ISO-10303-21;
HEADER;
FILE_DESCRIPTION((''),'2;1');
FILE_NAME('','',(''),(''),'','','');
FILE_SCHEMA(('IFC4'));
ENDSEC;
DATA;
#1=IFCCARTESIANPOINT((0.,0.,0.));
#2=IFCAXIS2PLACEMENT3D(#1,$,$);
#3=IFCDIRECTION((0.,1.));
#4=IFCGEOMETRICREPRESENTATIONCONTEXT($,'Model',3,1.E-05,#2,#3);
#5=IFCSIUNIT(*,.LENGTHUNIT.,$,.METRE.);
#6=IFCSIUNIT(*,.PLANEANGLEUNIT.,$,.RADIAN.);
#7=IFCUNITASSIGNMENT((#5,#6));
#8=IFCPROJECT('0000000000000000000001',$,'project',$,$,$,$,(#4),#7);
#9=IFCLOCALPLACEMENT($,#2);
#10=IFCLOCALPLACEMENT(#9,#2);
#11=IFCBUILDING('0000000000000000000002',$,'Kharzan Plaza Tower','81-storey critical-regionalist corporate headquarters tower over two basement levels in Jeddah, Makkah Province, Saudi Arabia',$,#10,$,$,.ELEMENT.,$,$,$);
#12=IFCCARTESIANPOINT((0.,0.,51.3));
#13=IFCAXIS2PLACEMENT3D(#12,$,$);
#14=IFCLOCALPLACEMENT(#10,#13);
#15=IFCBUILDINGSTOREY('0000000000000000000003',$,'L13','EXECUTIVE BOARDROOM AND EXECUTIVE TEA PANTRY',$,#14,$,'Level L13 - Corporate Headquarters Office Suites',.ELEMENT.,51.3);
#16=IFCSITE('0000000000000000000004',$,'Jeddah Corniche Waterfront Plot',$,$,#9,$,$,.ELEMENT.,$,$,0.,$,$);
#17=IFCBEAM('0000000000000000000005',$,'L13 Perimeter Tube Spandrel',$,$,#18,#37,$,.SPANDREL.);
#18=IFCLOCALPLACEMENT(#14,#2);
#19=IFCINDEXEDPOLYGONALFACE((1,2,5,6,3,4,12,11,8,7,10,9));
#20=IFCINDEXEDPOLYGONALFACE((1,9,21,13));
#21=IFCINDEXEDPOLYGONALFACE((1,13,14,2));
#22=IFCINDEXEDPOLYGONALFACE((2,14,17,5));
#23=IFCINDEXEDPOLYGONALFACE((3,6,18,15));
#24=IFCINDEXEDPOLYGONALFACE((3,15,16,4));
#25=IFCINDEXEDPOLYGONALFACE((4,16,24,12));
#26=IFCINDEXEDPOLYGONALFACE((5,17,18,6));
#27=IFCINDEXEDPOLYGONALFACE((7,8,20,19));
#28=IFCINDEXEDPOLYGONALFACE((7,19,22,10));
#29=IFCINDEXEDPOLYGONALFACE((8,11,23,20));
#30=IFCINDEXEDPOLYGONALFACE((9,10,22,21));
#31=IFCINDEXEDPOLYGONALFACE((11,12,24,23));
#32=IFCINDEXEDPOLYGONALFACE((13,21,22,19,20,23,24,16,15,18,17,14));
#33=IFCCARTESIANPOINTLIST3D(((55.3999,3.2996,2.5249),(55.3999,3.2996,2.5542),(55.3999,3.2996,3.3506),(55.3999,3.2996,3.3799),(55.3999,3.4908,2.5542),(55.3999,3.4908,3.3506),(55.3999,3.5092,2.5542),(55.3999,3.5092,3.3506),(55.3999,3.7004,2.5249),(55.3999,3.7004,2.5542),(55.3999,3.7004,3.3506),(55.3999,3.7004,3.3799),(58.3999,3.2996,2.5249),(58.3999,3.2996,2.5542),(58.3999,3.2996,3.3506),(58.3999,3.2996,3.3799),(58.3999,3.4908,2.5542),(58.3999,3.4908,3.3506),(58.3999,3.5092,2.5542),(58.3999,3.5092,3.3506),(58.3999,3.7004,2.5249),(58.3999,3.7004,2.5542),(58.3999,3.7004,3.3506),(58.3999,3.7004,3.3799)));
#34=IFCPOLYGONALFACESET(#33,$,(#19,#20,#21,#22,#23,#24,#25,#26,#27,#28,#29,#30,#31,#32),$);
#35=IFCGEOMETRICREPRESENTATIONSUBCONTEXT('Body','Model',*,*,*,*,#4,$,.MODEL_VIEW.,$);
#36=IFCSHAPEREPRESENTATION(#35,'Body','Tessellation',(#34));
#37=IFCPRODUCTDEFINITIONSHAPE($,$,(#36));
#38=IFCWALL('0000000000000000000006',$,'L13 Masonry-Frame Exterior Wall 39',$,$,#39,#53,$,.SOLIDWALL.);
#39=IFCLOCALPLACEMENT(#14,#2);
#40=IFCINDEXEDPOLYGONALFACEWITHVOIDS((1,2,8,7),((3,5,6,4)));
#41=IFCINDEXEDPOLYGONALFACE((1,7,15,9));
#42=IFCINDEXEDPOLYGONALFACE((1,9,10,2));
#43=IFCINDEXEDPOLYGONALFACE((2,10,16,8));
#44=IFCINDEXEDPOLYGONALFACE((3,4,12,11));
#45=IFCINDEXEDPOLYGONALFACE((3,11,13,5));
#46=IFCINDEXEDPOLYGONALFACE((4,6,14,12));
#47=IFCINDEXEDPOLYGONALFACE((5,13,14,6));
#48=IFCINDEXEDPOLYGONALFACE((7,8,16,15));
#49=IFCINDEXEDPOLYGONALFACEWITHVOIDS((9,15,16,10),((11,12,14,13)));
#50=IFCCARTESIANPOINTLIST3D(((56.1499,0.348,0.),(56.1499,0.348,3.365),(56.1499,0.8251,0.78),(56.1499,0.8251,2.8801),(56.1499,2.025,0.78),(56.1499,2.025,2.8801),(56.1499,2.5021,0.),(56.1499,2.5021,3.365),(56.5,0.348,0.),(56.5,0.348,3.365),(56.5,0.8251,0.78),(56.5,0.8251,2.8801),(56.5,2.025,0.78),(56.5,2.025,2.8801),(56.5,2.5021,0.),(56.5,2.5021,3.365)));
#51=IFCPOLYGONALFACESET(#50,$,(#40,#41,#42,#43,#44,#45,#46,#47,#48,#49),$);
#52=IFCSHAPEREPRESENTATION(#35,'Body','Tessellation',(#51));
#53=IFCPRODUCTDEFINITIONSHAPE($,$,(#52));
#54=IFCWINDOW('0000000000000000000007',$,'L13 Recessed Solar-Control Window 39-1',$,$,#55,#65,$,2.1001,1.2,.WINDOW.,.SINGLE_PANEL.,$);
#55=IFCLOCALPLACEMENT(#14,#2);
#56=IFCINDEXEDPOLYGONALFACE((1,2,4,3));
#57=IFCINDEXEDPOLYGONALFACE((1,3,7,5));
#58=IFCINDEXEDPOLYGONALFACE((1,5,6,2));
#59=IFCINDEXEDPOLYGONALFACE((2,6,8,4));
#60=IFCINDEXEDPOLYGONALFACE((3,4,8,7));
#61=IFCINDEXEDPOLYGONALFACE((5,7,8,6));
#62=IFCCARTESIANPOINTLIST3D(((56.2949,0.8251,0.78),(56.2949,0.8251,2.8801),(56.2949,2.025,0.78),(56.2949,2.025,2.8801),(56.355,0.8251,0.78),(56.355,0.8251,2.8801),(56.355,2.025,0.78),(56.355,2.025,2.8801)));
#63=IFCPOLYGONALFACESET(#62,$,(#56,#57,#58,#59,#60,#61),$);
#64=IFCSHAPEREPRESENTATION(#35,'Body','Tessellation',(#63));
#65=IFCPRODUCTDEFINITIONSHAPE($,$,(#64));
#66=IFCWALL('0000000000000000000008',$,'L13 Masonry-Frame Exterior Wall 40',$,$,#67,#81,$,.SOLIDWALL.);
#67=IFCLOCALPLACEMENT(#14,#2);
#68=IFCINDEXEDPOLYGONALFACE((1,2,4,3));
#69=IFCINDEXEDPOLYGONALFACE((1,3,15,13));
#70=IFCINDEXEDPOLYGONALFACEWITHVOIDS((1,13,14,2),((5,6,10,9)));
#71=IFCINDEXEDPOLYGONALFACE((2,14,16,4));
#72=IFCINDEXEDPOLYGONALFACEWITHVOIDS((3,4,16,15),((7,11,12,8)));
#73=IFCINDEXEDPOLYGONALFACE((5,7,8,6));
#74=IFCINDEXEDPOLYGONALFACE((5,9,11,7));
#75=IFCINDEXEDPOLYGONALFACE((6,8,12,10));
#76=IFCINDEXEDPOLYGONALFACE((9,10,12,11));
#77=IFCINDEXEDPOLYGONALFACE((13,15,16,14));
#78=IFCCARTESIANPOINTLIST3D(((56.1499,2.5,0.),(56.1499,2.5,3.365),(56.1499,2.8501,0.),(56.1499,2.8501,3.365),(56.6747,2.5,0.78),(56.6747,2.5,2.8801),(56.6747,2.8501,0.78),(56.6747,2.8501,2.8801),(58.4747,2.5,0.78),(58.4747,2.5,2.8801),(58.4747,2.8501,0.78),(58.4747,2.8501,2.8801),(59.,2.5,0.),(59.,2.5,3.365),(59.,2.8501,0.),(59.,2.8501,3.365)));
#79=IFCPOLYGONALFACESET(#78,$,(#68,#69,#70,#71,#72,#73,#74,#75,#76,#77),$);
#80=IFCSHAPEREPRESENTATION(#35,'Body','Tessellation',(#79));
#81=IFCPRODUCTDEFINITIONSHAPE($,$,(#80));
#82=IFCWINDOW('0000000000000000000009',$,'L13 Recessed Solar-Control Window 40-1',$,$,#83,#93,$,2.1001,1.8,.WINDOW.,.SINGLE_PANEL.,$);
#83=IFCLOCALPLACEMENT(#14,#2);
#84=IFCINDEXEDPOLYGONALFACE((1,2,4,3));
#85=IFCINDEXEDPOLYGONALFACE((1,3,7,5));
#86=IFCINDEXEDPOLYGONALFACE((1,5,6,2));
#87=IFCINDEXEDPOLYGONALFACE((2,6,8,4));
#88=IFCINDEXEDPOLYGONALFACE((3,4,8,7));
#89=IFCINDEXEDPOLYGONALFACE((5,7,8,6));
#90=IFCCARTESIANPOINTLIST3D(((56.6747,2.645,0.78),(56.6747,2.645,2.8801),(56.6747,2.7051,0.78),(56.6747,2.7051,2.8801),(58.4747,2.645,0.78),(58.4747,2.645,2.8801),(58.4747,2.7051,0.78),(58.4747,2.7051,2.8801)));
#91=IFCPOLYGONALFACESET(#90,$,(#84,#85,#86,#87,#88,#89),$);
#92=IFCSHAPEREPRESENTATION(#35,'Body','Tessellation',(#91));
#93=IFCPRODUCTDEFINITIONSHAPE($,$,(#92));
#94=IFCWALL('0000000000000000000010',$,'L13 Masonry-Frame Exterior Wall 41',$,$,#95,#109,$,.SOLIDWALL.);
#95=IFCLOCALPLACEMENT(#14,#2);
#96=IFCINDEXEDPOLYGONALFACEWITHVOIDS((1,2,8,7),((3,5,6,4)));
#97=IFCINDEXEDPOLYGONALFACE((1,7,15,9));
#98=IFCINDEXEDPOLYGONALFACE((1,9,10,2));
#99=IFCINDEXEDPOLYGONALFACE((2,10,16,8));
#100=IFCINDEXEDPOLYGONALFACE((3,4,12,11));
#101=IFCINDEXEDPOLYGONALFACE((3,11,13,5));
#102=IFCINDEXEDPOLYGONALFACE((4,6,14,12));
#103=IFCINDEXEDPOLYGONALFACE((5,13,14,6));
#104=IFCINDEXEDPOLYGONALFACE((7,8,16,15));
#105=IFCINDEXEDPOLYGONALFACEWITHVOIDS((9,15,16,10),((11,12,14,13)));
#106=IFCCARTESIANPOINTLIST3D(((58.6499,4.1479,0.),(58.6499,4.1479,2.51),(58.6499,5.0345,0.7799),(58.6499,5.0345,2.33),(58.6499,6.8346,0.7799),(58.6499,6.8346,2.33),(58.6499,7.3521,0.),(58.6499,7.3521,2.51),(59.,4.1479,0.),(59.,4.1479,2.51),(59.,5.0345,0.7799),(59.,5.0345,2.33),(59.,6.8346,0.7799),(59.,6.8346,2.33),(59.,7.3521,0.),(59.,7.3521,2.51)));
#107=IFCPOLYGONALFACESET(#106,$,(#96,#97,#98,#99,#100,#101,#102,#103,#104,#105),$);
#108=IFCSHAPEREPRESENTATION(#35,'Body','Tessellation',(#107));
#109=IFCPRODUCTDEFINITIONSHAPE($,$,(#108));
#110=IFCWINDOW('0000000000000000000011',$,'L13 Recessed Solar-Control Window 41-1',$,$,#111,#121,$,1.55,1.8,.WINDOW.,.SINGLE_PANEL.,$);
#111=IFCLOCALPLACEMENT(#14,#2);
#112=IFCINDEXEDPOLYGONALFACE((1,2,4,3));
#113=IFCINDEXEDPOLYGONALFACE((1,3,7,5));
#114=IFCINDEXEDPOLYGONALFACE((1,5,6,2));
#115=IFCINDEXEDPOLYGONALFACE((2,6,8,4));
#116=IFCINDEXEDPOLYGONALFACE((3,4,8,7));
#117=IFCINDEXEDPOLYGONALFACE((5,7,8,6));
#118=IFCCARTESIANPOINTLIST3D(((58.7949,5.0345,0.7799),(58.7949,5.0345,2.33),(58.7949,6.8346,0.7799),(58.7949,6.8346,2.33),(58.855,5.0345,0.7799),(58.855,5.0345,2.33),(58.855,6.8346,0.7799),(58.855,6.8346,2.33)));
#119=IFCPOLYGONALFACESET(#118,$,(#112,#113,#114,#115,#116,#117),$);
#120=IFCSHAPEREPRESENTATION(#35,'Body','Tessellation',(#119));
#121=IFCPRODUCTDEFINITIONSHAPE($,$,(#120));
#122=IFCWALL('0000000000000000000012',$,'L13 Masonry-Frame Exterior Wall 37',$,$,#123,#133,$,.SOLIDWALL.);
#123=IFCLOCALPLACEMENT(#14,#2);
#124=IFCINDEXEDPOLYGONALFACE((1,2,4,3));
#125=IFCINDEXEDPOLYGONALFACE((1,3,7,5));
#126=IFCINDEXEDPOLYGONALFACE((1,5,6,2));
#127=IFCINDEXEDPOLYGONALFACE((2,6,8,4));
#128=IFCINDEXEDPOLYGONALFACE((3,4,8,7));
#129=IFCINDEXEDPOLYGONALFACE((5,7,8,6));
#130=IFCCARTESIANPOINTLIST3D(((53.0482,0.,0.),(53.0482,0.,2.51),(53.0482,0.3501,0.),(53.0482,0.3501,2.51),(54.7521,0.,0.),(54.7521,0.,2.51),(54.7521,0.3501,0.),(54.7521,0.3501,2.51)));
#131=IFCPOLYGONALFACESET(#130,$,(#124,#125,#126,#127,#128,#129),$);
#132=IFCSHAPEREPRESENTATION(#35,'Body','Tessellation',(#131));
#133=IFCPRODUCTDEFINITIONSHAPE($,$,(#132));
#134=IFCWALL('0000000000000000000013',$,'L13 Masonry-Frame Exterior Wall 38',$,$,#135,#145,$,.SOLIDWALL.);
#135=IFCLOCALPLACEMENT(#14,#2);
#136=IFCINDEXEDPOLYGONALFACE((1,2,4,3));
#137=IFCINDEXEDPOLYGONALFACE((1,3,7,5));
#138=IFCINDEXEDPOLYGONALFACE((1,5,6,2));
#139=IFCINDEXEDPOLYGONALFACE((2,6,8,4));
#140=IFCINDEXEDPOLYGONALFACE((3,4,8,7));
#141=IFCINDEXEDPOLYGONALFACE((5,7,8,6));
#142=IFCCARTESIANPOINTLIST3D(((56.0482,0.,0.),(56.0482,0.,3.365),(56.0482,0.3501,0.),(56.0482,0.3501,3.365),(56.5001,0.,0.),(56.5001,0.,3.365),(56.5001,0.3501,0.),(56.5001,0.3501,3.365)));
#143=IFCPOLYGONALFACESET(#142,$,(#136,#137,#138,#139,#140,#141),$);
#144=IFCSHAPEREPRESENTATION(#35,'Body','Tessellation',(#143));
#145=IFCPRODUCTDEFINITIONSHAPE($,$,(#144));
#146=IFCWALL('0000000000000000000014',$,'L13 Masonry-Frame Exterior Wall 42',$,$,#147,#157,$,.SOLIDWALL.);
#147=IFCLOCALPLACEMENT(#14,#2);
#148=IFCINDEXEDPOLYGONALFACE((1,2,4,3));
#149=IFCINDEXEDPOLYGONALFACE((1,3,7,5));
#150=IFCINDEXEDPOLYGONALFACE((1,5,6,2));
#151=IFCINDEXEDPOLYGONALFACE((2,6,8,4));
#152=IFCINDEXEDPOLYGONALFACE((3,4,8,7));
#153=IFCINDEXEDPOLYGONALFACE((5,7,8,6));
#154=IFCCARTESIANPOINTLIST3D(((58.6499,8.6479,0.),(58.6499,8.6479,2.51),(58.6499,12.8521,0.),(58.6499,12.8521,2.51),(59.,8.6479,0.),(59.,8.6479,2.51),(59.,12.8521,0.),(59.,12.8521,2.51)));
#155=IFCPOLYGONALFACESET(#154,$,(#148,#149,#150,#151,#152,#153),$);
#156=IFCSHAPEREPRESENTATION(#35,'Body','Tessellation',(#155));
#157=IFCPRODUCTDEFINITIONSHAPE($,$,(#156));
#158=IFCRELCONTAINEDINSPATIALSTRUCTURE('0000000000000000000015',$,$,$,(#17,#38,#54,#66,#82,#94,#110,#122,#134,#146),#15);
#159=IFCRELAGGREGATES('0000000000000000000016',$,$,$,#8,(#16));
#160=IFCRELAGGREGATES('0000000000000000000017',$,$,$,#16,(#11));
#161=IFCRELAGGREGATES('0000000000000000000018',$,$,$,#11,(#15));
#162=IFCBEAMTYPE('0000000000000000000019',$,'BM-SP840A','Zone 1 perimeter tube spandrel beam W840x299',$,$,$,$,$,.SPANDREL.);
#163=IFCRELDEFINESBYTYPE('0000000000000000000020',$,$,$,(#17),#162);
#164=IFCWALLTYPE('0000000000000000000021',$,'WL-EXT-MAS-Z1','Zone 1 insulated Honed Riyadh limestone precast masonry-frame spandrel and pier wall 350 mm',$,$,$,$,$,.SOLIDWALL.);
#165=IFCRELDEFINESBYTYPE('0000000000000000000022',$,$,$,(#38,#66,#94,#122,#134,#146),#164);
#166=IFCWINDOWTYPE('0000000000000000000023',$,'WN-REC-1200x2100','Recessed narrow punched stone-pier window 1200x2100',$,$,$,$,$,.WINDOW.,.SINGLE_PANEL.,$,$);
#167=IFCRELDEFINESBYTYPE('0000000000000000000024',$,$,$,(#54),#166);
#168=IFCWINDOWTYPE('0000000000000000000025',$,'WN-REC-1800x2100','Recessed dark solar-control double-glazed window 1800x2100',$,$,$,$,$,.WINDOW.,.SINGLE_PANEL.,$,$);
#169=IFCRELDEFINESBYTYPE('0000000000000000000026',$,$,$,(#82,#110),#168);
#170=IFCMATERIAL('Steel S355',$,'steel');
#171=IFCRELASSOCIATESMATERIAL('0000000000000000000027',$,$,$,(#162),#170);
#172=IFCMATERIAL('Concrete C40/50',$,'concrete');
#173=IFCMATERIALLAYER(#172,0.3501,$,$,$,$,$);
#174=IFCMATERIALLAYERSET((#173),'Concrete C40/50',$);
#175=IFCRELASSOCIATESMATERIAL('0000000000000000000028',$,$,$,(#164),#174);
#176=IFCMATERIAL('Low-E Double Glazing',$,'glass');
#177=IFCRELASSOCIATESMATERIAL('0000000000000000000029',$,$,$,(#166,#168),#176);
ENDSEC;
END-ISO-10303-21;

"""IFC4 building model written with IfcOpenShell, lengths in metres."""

from ifc_helpers import new_model, si_unit, direction, frame, frame_2d, origin, origin_2d, place, context, subcontext, project, spatial, rectangle, i_section, extrude, source, transform, mapped, material, layer, layer_set, material_profile, profile_set, type_object, element, fill, save


model = new_model("IFC4")

# Units and contexts
model_context = context("Model", 3, precision=1e-05, world=origin(), true_north=direction((0.0, 1.0)))
body_context = subcontext(model_context, "Body", "Model", "MODEL_VIEW")
ifc_project = project(units=[si_unit("LENGTHUNIT", "METRE"), si_unit("PLANEANGLEUNIT", "RADIAN")], contexts=[model_context])

# Site, building, storey
site_placement = place(None, origin())
site = spatial("IfcSite", under=ifc_project, at=site_placement, Name="Jeddah Corniche Waterfront Plot", CompositionType="ELEMENT", RefElevation=0.0)
building_placement = place(site_placement, origin())
building = spatial("IfcBuilding", under=site, at=building_placement, Name="Kharzan Plaza Tower", Description="81-storey critical-regionalist corporate headquarters tower over two basement levels in Jeddah, Makkah Province, Saudi Arabia", CompositionType="ELEMENT")
storey_placement = place(building_placement, frame((0.0, 0.0, 51.3)))
storey = spatial("IfcBuildingStorey", under=building, at=storey_placement, Name="L13", Description="EXECUTIVE BOARDROOM AND EXECUTIVE TEA PANTRY", LongName="Level L13 - Corporate Headquarters Office Suites", CompositionType="ELEMENT", Elevation=51.3)

# Beam
ifc_material_1 = material(Name="Steel S355", Category="steel")
ifc_material_profile_1 = material_profile(ifc_material_1, i_section(OverallWidth=0.4009, OverallDepth=0.855, WebThickness=0.0183, FlangeThickness=0.0293, at=origin_2d()), Name="W840x299")
ifc_profile_set_1 = profile_set([ifc_material_profile_1], Name="Steel S355")
beam_type_1 = type_object("IfcBeamType", Name="BM-SP840A", Description="Zone 1 perimeter tube spandrel beam W840x299", PredefinedType="SPANDREL", material=ifc_profile_set_1)
shared_shape_1 = source(origin(), body_context, "Body", "SweptSolid", [
    extrude(i_section(OverallWidth=0.4009, OverallDepth=0.855, WebThickness=0.0183, FlangeThickness=0.0293, at=origin_2d()), origin(), (0.0, 0.0, 1.0), 3.0),
])
for number, where, z_axis, x_axis, name in (
    (1, (55.3999, 3.5, 2.9524), (1.0, 0.0, 0.0), (0.0, 1.0, 0.0), "L13 Perimeter Tube Spandrel"),
):
    element("IfcBeam", number, at=place(storey_placement, frame(where, z_axis=z_axis, x_axis=x_axis)), inside=storey, type_object=beam_type_1, Name=name, PredefinedType="SPANDREL", context=body_context, shape_type="MappedRepresentation", body=[
        mapped(shared_shape_1, transform((0.0, 0.0, 0.0), x_axis=(1.0, 0.0, 0.0), y_axis=(0.0, 1.0, 0.0), z_axis=(0.0, 0.0, 1.0))),
    ])

# Walls, openings, windows
ifc_material_2 = material(Name="Concrete C40/50", Category="concrete")
ifc_layer = layer(ifc_material_2, 0.3501)
ifc_layer_set = layer_set([ifc_layer], Name="Concrete C40/50")
wall_type = type_object("IfcWallType", Name="WL-EXT-MAS-Z1", Description="Zone 1 insulated Honed Riyadh limestone precast masonry-frame spandrel and pier wall 350 mm", PredefinedType="SOLIDWALL", material=ifc_layer_set)
wall_1_placement = place(storey_placement, frame((56.325, 0.3479, 0.0), z_axis=(0.0, 0.0, 1.0), x_axis=(0.0, 1.0, 0.0)))
wall_1 = element("IfcWall", 2, at=wall_1_placement, inside=storey, type_object=wall_type, Name="L13 Masonry-Frame Exterior Wall 39", PredefinedType="SOLIDWALL", context=body_context, shape_type="SweptSolid", body=[
    extrude(rectangle(XDim=2.1541, YDim=0.3501, at=frame_2d((1.0771, 0.0))), origin(), (0.0, 0.0, 1.0), 3.365),
])
opening_1_placement = place(wall_1_placement, frame((0.4771, 0.0, 0.78)))
opening_1 = element("IfcOpeningElement", 3, at=opening_1_placement, cuts=wall_1, PredefinedType="OPENING", context=body_context, shape_type="SweptSolid", body=[
    extrude(rectangle(XDim=1.2, YDim=2.1001, at=frame_2d((0.6001, 1.05))), frame((0.0, 0.1851, 0.0), z_axis=(0.0, -1.0, 0.0), x_axis=(1.0, 0.0, 0.0)), (0.0, 0.0, 1.0), 0.3701),
])
ifc_material_3 = material(Name="Low-E Double Glazing", Category="glass")
window_type_1 = type_object("IfcWindowType", Name="WN-REC-1200x2100", Description="Recessed narrow punched stone-pier window 1200x2100", PartitioningType="SINGLE_PANEL", PredefinedType="WINDOW", material=ifc_material_3)
shared_shape_2 = source(origin(), body_context, "Body", "SweptSolid", [
    extrude(rectangle(XDim=1.2, YDim=2.1001, at=frame_2d((0.6001, 1.05))), frame((0.0, 0.03, 0.0), z_axis=(0.0, -1.0, 0.0), x_axis=(1.0, 0.0, 0.0)), (0.0, 0.0, 1.0), 0.0601),
])
window_1_placement = place(opening_1_placement, origin())
window_1 = element("IfcWindow", 4, at=window_1_placement, inside=storey, type_object=window_type_1, Name="L13 Recessed Solar-Control Window 39-1", OverallHeight=2.1001, OverallWidth=1.2, PartitioningType="SINGLE_PANEL", PredefinedType="WINDOW", context=body_context, shape_type="MappedRepresentation", body=[
    mapped(shared_shape_2, transform((0.0, 0.0, 0.0), x_axis=(1.0, 0.0, 0.0), y_axis=(0.0, 1.0, 0.0), z_axis=(0.0, 0.0, 1.0))),
])
fill(opening_1, window_1)
wall_2_placement = place(storey_placement, frame((56.1499, 2.675, 0.0), z_axis=(0.0, 0.0, 1.0), x_axis=(1.0, 0.0, 0.0)))
wall_2 = element("IfcWall", 5, at=wall_2_placement, inside=storey, type_object=wall_type, Name="L13 Masonry-Frame Exterior Wall 40", PredefinedType="SOLIDWALL", context=body_context, shape_type="SweptSolid", body=[
    extrude(rectangle(XDim=2.8501, YDim=0.3501, at=frame_2d((1.425, 0.0))), origin(), (0.0, 0.0, 1.0), 3.365),
])
opening_2_placement = place(wall_2_placement, frame((0.5249, 0.0, 0.78)))
opening_2 = element("IfcOpeningElement", 6, at=opening_2_placement, cuts=wall_2, PredefinedType="OPENING", context=body_context, shape_type="SweptSolid", body=[
    extrude(rectangle(XDim=1.8, YDim=2.1001, at=frame_2d((0.8999, 1.05))), frame((0.0, 0.1851, 0.0), z_axis=(0.0, -1.0, 0.0), x_axis=(1.0, 0.0, 0.0)), (0.0, 0.0, 1.0), 0.3701),
])
window_type_2 = type_object("IfcWindowType", Name="WN-REC-1800x2100", Description="Recessed dark solar-control double-glazed window 1800x2100", PartitioningType="SINGLE_PANEL", PredefinedType="WINDOW", material=ifc_material_3)
shared_shape_3 = source(origin(), body_context, "Body", "SweptSolid", [
    extrude(rectangle(XDim=1.8, YDim=2.1001, at=frame_2d((0.8999, 1.05))), frame((0.0, 0.03, 0.0), z_axis=(0.0, -1.0, 0.0), x_axis=(1.0, 0.0, 0.0)), (0.0, 0.0, 1.0), 0.0601),
])
window_2_placement = place(opening_2_placement, origin())
window_2 = element("IfcWindow", 7, at=window_2_placement, inside=storey, type_object=window_type_2, Name="L13 Recessed Solar-Control Window 40-1", OverallHeight=2.1001, OverallWidth=1.8, PartitioningType="SINGLE_PANEL", PredefinedType="WINDOW", context=body_context, shape_type="MappedRepresentation", body=[
    mapped(shared_shape_3, transform((0.0, 0.0, 0.0), x_axis=(1.0, 0.0, 0.0), y_axis=(0.0, 1.0, 0.0), z_axis=(0.0, 0.0, 1.0))),
])
fill(opening_2, window_2)
wall_3_placement = place(storey_placement, frame((58.825, 4.1479, 0.0), z_axis=(0.0, 0.0, 1.0), x_axis=(0.0, 1.0, 0.0)))
wall_3 = element("IfcWall", 8, at=wall_3_placement, inside=storey, type_object=wall_type, Name="L13 Masonry-Frame Exterior Wall 41", PredefinedType="SOLIDWALL", context=body_context, shape_type="SweptSolid", body=[
    extrude(rectangle(XDim=3.2041, YDim=0.3501, at=frame_2d((1.6021, 0.0))), origin(), (0.0, 0.0, 1.0), 2.51),
])
opening_3_placement = place(wall_3_placement, frame((0.8867, 0.0, 0.78)))
opening_3 = element("IfcOpeningElement", 9, at=opening_3_placement, cuts=wall_3, PredefinedType="OPENING", context=body_context, shape_type="SweptSolid", body=[
    extrude(rectangle(XDim=1.8, YDim=1.55, at=frame_2d((0.8999, 0.7749))), frame((0.0, 0.1851, 0.0), z_axis=(0.0, -1.0, 0.0), x_axis=(1.0, 0.0, 0.0)), (0.0, 0.0, 1.0), 0.3701),
])
shared_shape_4 = source(origin(), body_context, "Body", "SweptSolid", [
    extrude(rectangle(XDim=1.8, YDim=1.55, at=frame_2d((0.8999, 0.7749))), frame((0.0, 0.03, 0.0), z_axis=(0.0, -1.0, 0.0), x_axis=(1.0, 0.0, 0.0)), (0.0, 0.0, 1.0), 0.0601),
])
window_3_placement = place(opening_3_placement, origin())
window_3 = element("IfcWindow", 10, at=window_3_placement, inside=storey, type_object=window_type_2, Name="L13 Recessed Solar-Control Window 41-1", OverallHeight=1.55, OverallWidth=1.8, PartitioningType="SINGLE_PANEL", PredefinedType="WINDOW", context=body_context, shape_type="MappedRepresentation", body=[
    mapped(shared_shape_4, transform((0.0, 0.0, 0.0), x_axis=(1.0, 0.0, 0.0), y_axis=(0.0, 1.0, 0.0), z_axis=(0.0, 0.0, 1.0))),
])
fill(opening_3, window_3)

# Walls
shared_shape_5 = source(origin(), body_context, "Body", "SweptSolid", [
    extrude(rectangle(XDim=1.7039, YDim=0.3501, at=frame_2d((0.8521, 0.0))), origin(), (0.0, 0.0, 1.0), 2.51),
])
wall_4_placement = place(storey_placement, frame((53.0481, 0.175, 0.0), z_axis=(0.0, 0.0, 1.0), x_axis=(1.0, 0.0, 0.0)))
element("IfcWall", 11, at=wall_4_placement, inside=storey, type_object=wall_type, Name="L13 Masonry-Frame Exterior Wall 37", PredefinedType="SOLIDWALL", context=body_context, shape_type="MappedRepresentation", body=[
    mapped(shared_shape_5, transform((0.0, 0.0, 0.0), x_axis=(1.0, 0.0, 0.0), y_axis=(0.0, 1.0, 0.0), z_axis=(0.0, 0.0, 1.0))),
])
shared_shape_6 = source(origin(), body_context, "Body", "SweptSolid", [
    extrude(rectangle(XDim=0.4519, YDim=0.3501, at=frame_2d((0.2261, 0.0))), origin(), (0.0, 0.0, 1.0), 3.365),
])
wall_5_placement = place(storey_placement, frame((56.0481, 0.175, 0.0), z_axis=(0.0, 0.0, 1.0), x_axis=(1.0, 0.0, 0.0)))
element("IfcWall", 12, at=wall_5_placement, inside=storey, type_object=wall_type, Name="L13 Masonry-Frame Exterior Wall 38", PredefinedType="SOLIDWALL", context=body_context, shape_type="MappedRepresentation", body=[
    mapped(shared_shape_6, transform((0.0, 0.0, 0.0), x_axis=(1.0, 0.0, 0.0), y_axis=(0.0, 1.0, 0.0), z_axis=(0.0, 0.0, 1.0))),
])
shared_shape_7 = source(origin(), body_context, "Body", "SweptSolid", [
    extrude(rectangle(XDim=4.2041, YDim=0.3501, at=frame_2d((2.1021, 0.0))), origin(), (0.0, 0.0, 1.0), 2.51),
])
wall_6_placement = place(storey_placement, frame((58.825, 8.6479, 0.0), z_axis=(0.0, 0.0, 1.0), x_axis=(0.0, 1.0, 0.0)))
element("IfcWall", 13, at=wall_6_placement, inside=storey, type_object=wall_type, Name="L13 Masonry-Frame Exterior Wall 42", PredefinedType="SOLIDWALL", context=body_context, shape_type="MappedRepresentation", body=[
    mapped(shared_shape_7, transform((0.0, 0.0, 0.0), x_axis=(1.0, 0.0, 0.0), y_axis=(0.0, 1.0, 0.0), z_axis=(0.0, 0.0, 1.0))),
])

save(model, "model.ifc")
